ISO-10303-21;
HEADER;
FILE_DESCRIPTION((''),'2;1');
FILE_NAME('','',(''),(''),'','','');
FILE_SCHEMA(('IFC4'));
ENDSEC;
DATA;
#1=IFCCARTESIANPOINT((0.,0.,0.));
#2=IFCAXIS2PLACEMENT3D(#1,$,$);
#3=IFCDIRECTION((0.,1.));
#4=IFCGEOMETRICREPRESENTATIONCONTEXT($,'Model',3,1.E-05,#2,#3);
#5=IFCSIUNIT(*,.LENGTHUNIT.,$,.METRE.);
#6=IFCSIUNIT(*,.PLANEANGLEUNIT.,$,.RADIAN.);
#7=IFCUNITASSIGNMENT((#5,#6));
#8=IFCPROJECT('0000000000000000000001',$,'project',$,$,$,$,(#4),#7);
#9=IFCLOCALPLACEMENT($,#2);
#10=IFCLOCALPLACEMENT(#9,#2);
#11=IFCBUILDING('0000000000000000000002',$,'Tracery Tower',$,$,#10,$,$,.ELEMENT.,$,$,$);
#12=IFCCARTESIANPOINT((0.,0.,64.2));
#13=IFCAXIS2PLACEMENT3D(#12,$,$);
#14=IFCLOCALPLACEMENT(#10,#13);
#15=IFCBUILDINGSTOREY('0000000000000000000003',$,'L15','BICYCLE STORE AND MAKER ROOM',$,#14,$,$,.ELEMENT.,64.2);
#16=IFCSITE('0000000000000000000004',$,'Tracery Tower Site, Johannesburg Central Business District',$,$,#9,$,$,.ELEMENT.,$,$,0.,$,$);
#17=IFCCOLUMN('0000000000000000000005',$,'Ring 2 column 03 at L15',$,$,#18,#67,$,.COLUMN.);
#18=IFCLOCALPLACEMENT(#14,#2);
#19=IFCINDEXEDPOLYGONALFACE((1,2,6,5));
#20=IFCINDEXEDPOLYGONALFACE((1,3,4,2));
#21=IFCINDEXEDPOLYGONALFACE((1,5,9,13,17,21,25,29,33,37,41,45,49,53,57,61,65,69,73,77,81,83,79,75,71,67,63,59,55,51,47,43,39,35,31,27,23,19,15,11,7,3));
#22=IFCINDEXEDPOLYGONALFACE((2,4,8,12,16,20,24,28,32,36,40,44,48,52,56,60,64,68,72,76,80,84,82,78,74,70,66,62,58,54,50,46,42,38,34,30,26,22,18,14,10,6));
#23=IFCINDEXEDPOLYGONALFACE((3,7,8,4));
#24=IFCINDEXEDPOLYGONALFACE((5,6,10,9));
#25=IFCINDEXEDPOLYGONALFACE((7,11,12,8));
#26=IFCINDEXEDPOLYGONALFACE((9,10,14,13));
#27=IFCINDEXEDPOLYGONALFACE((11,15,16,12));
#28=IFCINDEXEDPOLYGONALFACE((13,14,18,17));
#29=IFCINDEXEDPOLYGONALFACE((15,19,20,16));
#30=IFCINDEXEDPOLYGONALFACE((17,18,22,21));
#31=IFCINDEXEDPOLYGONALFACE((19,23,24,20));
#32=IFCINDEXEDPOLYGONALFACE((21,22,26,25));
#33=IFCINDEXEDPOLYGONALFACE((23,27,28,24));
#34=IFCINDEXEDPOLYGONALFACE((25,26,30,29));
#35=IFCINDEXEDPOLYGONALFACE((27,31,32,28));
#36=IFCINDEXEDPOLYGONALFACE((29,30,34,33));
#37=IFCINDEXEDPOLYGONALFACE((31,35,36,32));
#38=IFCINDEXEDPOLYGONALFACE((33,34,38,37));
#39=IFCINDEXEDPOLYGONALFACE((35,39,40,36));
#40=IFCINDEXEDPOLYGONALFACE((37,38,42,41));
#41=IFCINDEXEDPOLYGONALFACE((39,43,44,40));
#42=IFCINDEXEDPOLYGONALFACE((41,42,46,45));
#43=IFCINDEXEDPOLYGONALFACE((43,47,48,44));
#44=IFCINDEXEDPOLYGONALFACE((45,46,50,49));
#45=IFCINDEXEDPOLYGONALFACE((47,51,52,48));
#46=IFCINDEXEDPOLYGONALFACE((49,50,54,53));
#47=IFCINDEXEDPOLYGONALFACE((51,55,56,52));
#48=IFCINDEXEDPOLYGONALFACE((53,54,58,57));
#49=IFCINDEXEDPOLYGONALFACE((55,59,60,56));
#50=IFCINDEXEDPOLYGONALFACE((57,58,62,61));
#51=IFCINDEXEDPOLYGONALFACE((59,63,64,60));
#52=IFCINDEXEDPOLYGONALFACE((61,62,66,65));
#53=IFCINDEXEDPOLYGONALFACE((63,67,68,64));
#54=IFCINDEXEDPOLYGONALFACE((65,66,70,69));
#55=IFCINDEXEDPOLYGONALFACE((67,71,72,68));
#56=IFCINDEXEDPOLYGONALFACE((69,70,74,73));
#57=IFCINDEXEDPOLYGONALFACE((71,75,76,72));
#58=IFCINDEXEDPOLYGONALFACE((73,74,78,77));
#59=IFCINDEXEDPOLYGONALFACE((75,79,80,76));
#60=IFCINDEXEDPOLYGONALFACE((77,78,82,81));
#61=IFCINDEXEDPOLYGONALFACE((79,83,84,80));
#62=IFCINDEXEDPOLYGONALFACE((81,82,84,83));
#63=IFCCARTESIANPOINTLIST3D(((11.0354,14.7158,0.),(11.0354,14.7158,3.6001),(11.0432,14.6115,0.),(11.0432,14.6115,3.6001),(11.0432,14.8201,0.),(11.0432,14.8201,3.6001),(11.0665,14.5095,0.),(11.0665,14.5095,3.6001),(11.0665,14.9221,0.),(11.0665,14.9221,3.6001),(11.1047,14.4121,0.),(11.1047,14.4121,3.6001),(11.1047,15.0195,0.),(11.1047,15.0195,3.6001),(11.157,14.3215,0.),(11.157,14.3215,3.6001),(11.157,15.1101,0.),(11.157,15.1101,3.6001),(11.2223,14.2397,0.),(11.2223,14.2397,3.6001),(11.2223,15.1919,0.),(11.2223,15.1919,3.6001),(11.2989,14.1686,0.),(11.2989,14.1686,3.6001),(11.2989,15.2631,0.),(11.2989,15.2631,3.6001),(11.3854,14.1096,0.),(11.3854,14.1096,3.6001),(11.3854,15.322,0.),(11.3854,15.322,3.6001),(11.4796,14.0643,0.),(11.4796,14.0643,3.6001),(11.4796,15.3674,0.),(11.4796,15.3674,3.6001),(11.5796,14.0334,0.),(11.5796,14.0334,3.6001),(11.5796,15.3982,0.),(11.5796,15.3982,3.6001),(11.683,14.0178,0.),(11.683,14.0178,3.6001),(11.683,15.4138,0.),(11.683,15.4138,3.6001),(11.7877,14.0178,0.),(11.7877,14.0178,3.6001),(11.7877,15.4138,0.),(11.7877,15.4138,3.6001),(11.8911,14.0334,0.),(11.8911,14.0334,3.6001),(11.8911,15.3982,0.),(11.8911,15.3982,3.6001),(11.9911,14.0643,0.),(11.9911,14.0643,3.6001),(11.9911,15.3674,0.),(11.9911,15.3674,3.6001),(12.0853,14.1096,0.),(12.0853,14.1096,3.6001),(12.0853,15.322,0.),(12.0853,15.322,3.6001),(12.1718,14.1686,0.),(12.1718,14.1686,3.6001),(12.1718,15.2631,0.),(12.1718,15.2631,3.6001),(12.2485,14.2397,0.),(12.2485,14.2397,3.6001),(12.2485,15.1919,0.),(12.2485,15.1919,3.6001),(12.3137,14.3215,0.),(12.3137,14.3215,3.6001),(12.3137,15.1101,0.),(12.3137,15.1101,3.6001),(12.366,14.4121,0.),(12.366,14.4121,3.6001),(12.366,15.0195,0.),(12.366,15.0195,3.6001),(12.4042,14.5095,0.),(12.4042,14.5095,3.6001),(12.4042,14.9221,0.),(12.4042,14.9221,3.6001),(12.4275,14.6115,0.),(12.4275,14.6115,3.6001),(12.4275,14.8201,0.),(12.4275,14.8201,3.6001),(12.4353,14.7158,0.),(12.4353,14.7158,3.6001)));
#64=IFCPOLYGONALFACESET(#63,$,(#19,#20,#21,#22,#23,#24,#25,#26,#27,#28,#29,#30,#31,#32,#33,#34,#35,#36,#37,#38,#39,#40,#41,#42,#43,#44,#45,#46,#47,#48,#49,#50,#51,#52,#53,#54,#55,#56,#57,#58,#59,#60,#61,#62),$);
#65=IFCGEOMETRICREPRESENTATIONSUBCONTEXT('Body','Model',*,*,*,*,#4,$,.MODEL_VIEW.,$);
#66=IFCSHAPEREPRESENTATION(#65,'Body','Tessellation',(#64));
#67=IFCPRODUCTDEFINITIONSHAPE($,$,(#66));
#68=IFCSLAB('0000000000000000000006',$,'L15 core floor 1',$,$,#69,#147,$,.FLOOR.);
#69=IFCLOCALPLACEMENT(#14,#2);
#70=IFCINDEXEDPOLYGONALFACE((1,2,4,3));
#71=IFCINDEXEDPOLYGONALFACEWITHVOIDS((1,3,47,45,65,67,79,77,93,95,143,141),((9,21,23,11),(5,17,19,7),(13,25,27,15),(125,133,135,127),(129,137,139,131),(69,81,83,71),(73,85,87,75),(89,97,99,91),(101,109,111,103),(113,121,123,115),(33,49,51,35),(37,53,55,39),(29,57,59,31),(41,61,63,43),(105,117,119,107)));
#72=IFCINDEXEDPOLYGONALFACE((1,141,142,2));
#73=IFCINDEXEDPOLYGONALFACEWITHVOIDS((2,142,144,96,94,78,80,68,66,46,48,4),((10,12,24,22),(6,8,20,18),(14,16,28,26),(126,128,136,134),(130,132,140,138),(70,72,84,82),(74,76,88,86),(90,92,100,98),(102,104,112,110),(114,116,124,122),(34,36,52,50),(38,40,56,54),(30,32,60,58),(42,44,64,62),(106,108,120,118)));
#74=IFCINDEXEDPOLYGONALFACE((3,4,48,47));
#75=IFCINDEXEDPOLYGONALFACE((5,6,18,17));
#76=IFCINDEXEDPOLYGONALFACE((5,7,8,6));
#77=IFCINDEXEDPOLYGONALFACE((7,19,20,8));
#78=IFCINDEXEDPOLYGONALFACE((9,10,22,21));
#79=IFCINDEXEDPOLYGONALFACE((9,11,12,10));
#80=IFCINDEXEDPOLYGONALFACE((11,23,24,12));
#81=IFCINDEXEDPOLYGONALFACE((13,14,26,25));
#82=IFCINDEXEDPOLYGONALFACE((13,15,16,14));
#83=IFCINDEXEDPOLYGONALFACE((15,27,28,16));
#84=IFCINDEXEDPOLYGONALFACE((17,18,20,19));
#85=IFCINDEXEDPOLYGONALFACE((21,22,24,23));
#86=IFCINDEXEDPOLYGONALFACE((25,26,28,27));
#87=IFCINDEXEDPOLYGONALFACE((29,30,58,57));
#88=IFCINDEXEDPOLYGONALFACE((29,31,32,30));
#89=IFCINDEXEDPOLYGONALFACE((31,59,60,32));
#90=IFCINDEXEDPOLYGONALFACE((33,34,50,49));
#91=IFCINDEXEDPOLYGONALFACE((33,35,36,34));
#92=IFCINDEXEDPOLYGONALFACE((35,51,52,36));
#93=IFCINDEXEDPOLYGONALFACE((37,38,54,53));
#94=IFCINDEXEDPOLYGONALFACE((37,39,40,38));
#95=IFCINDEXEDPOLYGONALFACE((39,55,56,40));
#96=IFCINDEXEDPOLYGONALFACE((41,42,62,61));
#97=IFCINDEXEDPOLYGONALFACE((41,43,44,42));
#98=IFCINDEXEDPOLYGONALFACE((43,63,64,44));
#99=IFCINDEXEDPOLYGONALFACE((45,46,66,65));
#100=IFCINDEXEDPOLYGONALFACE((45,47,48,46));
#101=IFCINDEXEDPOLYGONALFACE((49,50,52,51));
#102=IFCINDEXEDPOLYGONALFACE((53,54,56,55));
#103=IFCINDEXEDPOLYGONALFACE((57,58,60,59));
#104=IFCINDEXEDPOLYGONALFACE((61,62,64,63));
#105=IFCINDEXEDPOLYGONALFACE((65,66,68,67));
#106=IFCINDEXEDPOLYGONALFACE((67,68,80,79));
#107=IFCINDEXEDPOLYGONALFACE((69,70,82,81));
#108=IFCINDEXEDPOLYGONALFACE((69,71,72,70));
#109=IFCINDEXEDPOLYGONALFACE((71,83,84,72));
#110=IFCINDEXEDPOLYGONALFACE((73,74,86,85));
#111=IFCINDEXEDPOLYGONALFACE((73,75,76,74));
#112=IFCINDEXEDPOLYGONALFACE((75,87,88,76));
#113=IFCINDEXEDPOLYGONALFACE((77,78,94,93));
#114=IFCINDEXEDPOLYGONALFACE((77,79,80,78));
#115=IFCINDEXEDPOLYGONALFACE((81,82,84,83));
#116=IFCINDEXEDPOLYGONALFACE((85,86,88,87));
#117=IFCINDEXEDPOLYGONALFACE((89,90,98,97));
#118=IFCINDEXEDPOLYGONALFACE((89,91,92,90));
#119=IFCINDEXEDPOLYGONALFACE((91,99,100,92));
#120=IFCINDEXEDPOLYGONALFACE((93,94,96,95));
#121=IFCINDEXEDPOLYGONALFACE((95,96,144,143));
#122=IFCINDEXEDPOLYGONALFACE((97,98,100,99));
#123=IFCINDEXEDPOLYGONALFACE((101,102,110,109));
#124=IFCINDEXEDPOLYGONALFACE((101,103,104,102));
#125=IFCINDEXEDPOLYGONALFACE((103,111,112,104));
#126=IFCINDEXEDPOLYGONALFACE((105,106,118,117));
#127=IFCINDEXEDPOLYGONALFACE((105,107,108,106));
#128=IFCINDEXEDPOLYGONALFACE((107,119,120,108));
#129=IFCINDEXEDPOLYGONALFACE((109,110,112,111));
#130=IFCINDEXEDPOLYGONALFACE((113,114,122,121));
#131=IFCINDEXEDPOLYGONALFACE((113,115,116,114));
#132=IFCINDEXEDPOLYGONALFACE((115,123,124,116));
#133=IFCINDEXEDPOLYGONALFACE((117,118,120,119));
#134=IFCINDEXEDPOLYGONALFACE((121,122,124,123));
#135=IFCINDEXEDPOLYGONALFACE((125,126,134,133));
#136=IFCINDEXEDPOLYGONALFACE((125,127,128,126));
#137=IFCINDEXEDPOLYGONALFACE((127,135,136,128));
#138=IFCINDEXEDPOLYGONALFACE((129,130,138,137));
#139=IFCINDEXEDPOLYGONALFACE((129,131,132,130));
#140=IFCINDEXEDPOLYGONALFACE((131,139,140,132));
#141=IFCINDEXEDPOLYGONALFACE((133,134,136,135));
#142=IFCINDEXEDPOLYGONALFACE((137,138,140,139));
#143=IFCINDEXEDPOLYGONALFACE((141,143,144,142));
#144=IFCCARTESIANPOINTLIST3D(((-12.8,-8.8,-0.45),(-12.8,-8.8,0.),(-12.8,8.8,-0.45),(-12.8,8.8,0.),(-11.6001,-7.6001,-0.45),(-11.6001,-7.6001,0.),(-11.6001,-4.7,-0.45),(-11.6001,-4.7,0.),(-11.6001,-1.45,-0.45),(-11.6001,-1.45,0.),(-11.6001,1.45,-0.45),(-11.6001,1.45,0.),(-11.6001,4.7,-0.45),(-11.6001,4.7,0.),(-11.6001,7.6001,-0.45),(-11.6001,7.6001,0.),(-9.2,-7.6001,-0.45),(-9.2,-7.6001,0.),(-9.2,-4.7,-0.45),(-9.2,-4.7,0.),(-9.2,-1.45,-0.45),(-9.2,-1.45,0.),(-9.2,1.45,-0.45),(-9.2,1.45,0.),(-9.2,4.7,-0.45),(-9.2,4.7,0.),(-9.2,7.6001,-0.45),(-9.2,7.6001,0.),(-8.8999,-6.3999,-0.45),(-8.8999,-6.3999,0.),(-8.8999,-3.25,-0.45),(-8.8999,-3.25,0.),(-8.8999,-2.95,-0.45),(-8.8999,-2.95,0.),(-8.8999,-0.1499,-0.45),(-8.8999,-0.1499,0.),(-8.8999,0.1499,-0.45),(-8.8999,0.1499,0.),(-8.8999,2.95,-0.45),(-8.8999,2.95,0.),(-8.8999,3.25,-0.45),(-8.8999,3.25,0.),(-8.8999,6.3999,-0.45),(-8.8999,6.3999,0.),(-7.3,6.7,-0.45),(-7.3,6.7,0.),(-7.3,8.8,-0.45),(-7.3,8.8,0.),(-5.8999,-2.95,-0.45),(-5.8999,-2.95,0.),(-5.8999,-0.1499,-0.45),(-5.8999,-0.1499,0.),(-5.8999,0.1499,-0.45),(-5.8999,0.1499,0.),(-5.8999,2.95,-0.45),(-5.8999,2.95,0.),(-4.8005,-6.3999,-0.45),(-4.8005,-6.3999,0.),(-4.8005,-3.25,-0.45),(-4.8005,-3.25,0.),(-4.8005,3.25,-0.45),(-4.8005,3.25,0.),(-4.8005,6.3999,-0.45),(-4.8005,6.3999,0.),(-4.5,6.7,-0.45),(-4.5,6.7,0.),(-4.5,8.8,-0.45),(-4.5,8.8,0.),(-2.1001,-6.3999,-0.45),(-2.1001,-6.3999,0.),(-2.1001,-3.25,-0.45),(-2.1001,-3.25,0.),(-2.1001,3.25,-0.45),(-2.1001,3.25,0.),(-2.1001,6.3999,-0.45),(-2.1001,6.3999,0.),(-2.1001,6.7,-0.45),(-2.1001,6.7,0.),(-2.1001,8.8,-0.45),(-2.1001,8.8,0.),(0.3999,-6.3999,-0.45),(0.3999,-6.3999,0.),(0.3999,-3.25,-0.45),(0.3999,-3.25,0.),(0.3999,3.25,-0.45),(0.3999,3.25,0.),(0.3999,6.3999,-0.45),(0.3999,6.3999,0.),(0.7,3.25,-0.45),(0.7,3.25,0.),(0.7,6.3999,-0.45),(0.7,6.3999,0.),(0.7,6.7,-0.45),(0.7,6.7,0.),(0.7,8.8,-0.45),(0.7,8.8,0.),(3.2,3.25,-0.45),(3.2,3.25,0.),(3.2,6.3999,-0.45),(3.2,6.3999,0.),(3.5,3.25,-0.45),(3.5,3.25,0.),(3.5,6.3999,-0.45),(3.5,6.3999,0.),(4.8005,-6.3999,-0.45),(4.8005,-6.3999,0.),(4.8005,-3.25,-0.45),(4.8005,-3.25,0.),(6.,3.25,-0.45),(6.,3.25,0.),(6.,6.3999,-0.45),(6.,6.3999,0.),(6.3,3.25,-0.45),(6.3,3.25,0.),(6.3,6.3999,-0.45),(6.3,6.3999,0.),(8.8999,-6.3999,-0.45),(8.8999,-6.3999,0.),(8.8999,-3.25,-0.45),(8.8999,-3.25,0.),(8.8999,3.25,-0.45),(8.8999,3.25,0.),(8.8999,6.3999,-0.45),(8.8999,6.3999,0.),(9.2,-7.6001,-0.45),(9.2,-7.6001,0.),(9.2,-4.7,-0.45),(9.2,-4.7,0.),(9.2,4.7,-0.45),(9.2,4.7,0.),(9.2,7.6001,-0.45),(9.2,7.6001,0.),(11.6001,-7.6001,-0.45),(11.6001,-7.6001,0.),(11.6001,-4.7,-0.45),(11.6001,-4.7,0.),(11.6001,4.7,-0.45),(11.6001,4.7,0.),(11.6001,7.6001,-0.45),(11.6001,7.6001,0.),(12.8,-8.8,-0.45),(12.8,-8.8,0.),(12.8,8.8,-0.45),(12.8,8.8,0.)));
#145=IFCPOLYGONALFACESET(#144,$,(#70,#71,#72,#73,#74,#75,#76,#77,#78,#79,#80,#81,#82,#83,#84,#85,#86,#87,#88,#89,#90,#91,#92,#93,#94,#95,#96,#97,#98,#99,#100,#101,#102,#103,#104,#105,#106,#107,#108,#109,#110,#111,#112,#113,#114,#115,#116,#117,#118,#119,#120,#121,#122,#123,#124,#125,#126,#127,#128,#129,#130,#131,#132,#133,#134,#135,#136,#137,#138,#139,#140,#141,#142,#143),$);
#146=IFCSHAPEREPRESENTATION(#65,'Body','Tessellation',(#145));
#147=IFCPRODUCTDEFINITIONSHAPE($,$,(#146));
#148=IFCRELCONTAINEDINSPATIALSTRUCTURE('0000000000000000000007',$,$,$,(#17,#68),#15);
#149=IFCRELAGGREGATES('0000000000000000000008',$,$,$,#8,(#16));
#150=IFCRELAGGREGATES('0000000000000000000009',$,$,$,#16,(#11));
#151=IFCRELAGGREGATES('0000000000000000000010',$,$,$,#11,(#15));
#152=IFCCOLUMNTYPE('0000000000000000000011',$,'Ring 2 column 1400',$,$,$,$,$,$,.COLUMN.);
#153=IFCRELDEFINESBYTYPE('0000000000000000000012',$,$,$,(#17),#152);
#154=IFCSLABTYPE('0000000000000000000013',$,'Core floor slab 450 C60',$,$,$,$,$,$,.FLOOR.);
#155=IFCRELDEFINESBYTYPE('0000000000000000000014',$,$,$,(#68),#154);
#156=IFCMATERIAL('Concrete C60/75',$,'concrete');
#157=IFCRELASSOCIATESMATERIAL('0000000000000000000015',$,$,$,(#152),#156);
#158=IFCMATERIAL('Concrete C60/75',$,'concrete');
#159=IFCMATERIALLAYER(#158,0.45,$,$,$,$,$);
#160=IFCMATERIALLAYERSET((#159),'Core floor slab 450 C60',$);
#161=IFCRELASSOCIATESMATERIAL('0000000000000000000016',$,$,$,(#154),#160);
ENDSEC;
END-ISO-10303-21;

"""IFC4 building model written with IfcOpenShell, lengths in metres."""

from ifc_helpers import new_model, si_unit, direction, frame, origin, origin_2d, place, context, subcontext, project, spatial, polyline, circle, outline, extrude, material, layer, layer_set, material_profile, profile_set, type_object, element, save


model = new_model("IFC4")

# Units and contexts
model_context = context("Model", 3, precision=1e-05, world=origin(), true_north=direction((0.0, 1.0)))
body_context = subcontext(model_context, "Body", "Model", "MODEL_VIEW")
ifc_project = project(units=[si_unit("LENGTHUNIT", "METRE"), si_unit("PLANEANGLEUNIT", "RADIAN")], contexts=[model_context])

# Site, building, storey
site_placement = place(None, origin())
site = spatial("IfcSite", under=ifc_project, at=site_placement, Name="Tracery Tower Site, Johannesburg Central Business District", CompositionType="ELEMENT", RefElevation=0.0)
building_placement = place(site_placement, origin())
building = spatial("IfcBuilding", under=site, at=building_placement, Name="Tracery Tower", CompositionType="ELEMENT")
storey_placement = place(building_placement, frame((0.0, 0.0, 64.2)))
storey = spatial("IfcBuildingStorey", under=building, at=storey_placement, Name="L15", Description="BICYCLE STORE AND MAKER ROOM", CompositionType="ELEMENT", Elevation=64.2)

# Column
ifc_material_1 = material(Name="Concrete C60/75", Category="concrete")
ifc_material_profile = material_profile(ifc_material_1, circle(Radius=0.7, at=origin_2d()), Name="RC D1400")
ifc_profile_set = profile_set([ifc_material_profile], Name="Concrete C60/75")
column_type = type_object("IfcColumnType", Name="Ring 2 column 1400", PredefinedType="COLUMN", material=ifc_profile_set)
column_placement = place(storey_placement, frame((11.7354, 14.7158, 0.0), z_axis=(0.0, 0.0, 1.0), x_axis=(1.0, 0.0, 0.0)))
element("IfcColumn", 1, at=column_placement, inside=storey, type_object=column_type, Name="Ring 2 column 03 at L15", PredefinedType="COLUMN", context=body_context, shape_type="SweptSolid", body=[
    extrude(circle(Radius=0.7, at=origin_2d()), origin(), (0.0, 0.0, 1.0), 3.6001),
])

# Slab
ifc_material_2 = material(Name="Concrete C60/75", Category="concrete")
ifc_layer_1 = layer(ifc_material_2, 0.45)
ifc_layer_set_1 = layer_set([ifc_layer_1], Name="Core floor slab 450 C60")
slab_type_1 = type_object("IfcSlabType", Name="Core floor slab 450 C60", PredefinedType="FLOOR", material=ifc_layer_set_1)
slab_1_placement = place(storey_placement, frame((0.0, 0.0, -0.45)))
element("IfcSlab", 2, at=slab_1_placement, inside=storey, type_object=slab_type_1, Name="L15 core floor 1", PredefinedType="FLOOR", context=body_context, shape_type="SweptSolid", body=[
    extrude(outline(polyline([(-12.8, 8.8), (-7.3, 8.8), (-7.3, 6.7), (-4.5, 6.7), (-4.5, 8.8), (-2.1001, 8.8), (-2.1001, 6.7), (0.7, 6.7), (0.7, 8.8), (12.8, 8.8), (12.8, -8.8), (-12.8, -8.8), (-12.8, 8.8)]), holes=[polyline([(11.6001, -7.6001), (11.6001, -4.7), (9.2, -4.7), (9.2, -7.6001), (11.6001, -7.6001)]), polyline([(11.6001, 4.7), (11.6001, 7.6001), (9.2, 7.6001), (9.2, 4.7), (11.6001, 4.7)]), polyline([(4.8005, -3.25), (4.8005, -6.3999), (8.8999, -6.3999), (8.8999, -3.25), (4.8005, -3.25)]), polyline([(6.3, 3.25), (8.8999, 3.25), (8.8999, 6.3999), (6.3, 6.3999), (6.3, 3.25)]), polyline([(3.5, 3.25), (6.0, 3.25), (6.0, 6.3999), (3.5, 6.3999), (3.5, 3.25)]), polyline([(3.2, 3.25), (3.2, 6.3999), (0.7, 6.3999), (0.7, 3.25), (3.2, 3.25)]), polyline([(-2.1001, 3.25), (0.3999, 3.25), (0.3999, 6.3999), (-2.1001, 6.3999), (-2.1001, 3.25)]), polyline([(0.3999, -6.3999), (0.3999, -3.25), (-2.1001, -3.25), (-2.1001, -6.3999), (0.3999, -6.3999)]), polyline([(-4.8005, -3.25), (-8.8999, -3.25), (-8.8999, -6.3999), (-4.8005, -6.3999), (-4.8005, -3.25)]), polyline([(-4.8005, 6.3999), (-8.8999, 6.3999), (-8.8999, 3.25), (-4.8005, 3.25), (-4.8005, 6.3999)]), polyline([(-8.8999, -2.95), (-5.8999, -2.95), (-5.8999, -0.1499), (-8.8999, -0.1499), (-8.8999, -2.95)]), polyline([(-5.8999, 0.1499), (-5.8999, 2.95), (-8.8999, 2.95), (-8.8999, 0.1499), (-5.8999, 0.1499)]), polyline([(-11.6001, 4.7), (-9.2, 4.7), (-9.2, 7.6001), (-11.6001, 7.6001), (-11.6001, 4.7)]), polyline([(-9.2, -7.6001), (-9.2, -4.7), (-11.6001, -4.7), (-11.6001, -7.6001), (-9.2, -7.6001)]), polyline([(-9.2, -1.45), (-9.2, 1.45), (-11.6001, 1.45), (-11.6001, -1.45), (-9.2, -1.45)])]), origin(), (0.0, 0.0, 1.0), 0.45),
])

save(model, "model.ifc")
